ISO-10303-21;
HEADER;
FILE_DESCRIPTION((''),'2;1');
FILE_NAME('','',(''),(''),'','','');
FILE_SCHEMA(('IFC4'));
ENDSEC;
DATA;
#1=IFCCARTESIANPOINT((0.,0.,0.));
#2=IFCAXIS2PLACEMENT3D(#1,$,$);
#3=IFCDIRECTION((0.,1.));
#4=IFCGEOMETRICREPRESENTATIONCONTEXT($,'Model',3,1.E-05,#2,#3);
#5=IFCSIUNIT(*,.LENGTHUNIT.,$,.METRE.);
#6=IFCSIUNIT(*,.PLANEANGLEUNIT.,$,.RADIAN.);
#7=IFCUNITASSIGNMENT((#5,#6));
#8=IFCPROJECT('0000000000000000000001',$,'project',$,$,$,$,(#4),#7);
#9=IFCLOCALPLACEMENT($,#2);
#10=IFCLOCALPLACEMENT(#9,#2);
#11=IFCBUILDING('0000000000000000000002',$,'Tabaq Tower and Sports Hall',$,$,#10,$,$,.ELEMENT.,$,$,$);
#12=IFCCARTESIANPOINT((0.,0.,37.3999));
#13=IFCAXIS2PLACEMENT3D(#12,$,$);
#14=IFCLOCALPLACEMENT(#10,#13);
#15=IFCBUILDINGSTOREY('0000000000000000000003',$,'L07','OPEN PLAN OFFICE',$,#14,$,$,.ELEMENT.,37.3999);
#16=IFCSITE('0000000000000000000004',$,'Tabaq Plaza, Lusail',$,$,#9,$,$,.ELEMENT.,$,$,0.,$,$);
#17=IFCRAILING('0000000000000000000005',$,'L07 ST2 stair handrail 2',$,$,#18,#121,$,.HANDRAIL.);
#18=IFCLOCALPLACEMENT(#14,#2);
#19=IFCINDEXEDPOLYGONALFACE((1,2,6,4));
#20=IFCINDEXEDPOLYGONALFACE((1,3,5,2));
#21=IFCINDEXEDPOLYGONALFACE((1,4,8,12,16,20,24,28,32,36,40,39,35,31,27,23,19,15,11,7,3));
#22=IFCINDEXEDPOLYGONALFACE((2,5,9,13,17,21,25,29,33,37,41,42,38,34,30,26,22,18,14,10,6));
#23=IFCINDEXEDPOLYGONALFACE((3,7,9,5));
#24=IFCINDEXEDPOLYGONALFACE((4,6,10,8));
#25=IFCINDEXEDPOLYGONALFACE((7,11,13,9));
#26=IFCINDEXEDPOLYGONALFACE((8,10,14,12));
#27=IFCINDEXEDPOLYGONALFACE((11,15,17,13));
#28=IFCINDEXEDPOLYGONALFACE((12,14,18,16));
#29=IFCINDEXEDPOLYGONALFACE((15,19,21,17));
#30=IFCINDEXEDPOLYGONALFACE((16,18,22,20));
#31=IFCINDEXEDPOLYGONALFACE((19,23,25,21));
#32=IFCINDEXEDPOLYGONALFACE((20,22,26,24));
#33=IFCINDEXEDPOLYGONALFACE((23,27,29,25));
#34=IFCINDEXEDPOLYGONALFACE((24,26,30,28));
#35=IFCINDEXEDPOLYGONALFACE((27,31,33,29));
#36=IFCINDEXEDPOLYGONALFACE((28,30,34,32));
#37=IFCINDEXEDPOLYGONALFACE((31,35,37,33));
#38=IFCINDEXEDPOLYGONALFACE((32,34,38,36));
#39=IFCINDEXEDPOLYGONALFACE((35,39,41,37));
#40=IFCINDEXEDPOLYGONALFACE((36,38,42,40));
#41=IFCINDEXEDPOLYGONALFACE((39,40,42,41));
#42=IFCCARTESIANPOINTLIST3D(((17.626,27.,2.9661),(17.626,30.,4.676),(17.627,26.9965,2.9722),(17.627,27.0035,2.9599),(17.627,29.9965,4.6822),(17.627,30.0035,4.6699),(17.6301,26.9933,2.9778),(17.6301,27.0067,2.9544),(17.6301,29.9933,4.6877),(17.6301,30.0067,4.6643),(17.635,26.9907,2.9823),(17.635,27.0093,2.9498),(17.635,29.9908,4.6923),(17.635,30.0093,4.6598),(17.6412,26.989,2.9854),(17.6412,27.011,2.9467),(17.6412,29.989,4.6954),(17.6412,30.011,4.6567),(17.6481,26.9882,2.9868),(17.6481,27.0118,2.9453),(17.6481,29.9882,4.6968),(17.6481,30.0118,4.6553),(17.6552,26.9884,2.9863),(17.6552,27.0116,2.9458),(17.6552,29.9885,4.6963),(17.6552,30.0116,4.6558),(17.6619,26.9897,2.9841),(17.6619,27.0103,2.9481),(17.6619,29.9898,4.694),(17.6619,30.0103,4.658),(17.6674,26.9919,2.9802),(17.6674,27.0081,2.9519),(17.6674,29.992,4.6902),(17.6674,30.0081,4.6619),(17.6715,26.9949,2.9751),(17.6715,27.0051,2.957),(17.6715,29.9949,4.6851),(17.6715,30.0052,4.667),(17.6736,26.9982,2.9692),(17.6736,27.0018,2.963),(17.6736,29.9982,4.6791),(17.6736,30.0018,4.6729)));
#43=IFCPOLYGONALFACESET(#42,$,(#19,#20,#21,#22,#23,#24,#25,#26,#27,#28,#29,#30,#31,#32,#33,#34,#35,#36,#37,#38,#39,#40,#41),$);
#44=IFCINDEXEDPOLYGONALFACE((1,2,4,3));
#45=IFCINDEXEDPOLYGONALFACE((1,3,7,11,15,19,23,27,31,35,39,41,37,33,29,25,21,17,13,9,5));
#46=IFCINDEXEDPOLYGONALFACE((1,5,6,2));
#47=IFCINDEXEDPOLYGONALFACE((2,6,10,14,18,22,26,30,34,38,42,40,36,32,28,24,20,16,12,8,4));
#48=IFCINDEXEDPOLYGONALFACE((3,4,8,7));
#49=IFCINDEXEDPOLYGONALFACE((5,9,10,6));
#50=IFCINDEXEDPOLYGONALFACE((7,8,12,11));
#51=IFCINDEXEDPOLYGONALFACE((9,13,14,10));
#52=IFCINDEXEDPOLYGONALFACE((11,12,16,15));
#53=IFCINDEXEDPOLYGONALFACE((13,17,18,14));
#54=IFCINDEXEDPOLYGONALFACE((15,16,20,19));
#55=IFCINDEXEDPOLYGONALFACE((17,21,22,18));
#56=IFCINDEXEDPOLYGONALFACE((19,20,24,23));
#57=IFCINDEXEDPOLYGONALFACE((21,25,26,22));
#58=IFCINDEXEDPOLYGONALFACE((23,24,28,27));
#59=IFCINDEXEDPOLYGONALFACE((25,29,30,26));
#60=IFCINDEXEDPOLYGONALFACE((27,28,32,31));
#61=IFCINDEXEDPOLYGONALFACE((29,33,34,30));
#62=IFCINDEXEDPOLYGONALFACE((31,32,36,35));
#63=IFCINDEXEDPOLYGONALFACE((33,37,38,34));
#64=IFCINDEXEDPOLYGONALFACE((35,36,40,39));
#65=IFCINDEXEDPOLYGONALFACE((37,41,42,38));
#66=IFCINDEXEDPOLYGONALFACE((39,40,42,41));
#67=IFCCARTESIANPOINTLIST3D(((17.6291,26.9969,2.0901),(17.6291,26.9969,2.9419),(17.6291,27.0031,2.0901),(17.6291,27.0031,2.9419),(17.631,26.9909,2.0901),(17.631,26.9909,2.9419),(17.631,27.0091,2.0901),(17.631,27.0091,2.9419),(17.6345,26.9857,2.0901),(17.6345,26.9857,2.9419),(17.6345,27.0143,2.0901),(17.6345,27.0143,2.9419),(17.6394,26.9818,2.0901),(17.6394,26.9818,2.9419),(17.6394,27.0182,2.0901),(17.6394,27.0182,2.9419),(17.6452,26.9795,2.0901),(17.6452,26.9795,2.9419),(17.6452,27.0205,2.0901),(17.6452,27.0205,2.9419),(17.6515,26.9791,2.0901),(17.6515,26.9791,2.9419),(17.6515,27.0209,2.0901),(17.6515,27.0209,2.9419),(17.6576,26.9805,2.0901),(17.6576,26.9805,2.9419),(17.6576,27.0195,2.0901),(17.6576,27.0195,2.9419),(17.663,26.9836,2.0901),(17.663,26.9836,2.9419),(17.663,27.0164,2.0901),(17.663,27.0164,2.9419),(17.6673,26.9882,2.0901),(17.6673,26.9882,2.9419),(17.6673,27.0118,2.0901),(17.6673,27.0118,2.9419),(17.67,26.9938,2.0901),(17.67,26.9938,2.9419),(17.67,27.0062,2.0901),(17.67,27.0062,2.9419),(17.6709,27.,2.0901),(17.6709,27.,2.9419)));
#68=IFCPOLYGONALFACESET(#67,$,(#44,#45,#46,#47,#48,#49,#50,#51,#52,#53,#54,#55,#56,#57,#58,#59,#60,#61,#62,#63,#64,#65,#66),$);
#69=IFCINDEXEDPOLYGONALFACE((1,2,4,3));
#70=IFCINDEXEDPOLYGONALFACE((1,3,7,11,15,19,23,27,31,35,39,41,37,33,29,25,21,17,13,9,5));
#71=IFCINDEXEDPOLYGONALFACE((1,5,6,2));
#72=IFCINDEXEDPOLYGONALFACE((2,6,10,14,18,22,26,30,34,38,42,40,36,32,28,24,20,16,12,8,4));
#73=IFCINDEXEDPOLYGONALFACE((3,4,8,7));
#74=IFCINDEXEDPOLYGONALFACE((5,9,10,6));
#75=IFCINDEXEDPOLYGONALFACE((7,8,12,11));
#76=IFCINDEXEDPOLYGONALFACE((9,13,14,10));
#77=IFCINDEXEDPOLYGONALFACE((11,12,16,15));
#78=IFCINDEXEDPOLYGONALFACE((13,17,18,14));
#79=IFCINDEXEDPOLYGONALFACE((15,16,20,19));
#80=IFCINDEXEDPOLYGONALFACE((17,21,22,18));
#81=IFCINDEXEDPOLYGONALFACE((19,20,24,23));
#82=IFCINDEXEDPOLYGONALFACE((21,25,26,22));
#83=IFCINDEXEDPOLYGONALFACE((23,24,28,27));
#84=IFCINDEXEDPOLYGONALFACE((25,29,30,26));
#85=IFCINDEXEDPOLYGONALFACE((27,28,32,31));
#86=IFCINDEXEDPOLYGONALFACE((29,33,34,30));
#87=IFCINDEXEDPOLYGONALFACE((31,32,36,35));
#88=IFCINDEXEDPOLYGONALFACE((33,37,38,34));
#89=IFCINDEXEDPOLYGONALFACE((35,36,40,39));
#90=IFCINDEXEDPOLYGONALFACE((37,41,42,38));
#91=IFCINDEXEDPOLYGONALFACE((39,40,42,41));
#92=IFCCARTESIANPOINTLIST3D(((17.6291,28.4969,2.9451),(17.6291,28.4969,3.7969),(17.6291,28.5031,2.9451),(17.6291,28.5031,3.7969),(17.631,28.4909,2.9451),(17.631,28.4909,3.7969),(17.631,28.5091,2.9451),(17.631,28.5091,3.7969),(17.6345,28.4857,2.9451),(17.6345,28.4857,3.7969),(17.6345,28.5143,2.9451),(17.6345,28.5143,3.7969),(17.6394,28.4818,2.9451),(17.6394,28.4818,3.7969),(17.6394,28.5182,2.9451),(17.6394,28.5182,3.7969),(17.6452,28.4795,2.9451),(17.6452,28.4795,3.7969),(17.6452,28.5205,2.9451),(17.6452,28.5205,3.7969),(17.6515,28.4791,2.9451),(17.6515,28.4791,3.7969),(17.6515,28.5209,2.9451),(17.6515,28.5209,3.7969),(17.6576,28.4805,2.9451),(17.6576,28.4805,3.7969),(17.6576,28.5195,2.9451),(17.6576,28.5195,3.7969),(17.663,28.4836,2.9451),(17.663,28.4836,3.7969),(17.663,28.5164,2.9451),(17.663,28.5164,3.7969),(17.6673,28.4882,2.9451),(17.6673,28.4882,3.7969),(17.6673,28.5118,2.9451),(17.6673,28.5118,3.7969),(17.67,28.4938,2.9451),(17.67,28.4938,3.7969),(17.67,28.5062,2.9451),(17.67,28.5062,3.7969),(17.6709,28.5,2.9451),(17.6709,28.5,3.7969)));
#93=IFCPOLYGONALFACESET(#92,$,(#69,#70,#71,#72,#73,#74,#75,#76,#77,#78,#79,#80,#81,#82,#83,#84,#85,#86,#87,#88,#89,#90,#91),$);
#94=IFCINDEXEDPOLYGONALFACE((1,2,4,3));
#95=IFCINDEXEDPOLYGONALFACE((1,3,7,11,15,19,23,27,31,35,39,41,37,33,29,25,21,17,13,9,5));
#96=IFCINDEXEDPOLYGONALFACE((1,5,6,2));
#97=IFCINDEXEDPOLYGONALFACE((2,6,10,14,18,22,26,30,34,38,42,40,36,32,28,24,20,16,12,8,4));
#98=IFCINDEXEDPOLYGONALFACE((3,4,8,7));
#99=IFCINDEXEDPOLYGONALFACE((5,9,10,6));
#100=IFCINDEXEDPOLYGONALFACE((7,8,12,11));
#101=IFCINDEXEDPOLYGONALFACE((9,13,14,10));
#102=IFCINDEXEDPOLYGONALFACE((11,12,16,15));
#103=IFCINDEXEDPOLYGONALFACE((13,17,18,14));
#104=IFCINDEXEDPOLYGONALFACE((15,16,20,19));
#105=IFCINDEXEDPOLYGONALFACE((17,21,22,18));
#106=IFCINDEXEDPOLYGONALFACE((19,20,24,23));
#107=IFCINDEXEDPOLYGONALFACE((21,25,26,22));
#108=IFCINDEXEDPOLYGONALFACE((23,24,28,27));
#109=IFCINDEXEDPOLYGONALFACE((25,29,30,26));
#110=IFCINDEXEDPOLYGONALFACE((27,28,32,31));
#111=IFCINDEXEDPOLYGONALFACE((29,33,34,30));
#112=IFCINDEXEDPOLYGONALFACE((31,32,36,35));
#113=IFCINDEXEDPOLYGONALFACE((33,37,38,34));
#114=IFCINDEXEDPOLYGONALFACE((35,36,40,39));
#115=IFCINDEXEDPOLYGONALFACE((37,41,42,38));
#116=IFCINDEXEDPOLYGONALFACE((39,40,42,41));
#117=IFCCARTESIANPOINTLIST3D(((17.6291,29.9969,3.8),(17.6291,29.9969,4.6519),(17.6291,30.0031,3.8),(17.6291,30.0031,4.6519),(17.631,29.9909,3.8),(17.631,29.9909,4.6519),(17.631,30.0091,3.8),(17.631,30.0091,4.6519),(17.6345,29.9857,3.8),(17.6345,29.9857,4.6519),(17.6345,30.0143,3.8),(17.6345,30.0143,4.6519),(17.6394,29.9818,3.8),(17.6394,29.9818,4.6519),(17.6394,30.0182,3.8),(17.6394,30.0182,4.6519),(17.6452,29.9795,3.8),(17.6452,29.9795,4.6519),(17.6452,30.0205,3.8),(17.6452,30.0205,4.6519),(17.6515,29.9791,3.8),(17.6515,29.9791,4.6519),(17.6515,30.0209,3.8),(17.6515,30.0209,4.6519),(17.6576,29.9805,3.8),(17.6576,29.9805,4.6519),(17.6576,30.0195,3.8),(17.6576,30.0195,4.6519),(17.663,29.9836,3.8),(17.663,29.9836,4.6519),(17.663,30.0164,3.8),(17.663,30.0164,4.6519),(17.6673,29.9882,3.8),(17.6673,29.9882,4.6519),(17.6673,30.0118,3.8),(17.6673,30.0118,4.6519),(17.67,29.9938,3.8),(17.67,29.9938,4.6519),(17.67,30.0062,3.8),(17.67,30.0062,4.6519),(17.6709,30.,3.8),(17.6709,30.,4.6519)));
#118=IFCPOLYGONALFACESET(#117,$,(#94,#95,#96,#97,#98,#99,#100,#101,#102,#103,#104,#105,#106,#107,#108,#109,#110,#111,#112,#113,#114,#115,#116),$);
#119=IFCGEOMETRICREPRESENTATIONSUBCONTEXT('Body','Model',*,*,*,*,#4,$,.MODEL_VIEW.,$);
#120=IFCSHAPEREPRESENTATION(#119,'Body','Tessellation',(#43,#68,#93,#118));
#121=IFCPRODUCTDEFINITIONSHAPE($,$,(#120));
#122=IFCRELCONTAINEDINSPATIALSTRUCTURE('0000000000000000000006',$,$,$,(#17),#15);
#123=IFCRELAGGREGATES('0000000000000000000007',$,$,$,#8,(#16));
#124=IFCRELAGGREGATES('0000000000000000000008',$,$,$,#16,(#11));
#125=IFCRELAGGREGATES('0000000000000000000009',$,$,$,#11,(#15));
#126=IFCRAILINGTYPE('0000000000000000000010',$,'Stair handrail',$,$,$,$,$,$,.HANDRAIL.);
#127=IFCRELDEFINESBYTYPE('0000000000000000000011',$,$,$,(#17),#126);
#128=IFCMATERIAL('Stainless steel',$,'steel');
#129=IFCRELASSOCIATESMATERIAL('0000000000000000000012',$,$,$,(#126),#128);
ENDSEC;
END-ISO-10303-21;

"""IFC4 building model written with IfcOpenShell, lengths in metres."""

from ifc_helpers import new_model, si_unit, direction, frame, origin, origin_2d, place, context, subcontext, project, spatial, circle, extrude, material, type_object, element, save


model = new_model("IFC4")

# Units and contexts
model_context = context("Model", 3, precision=1e-05, world=origin(), true_north=direction((0.0, 1.0)))
body_context = subcontext(model_context, "Body", "Model", "MODEL_VIEW")
ifc_project = project(units=[si_unit("LENGTHUNIT", "METRE"), si_unit("PLANEANGLEUNIT", "RADIAN")], contexts=[model_context])

# Site, building, storey
site_placement = place(None, origin())
site = spatial("IfcSite", under=ifc_project, at=site_placement, Name="Tabaq Plaza, Lusail", CompositionType="ELEMENT", RefElevation=0.0)
building_placement = place(site_placement, origin())
building = spatial("IfcBuilding", under=site, at=building_placement, Name="Tabaq Tower and Sports Hall", CompositionType="ELEMENT")
storey_placement = place(building_placement, frame((0.0, 0.0, 37.3999)))
storey = spatial("IfcBuildingStorey", under=building, at=storey_placement, Name="L07", Description="OPEN PLAN OFFICE", CompositionType="ELEMENT", Elevation=37.3999)

# Railing
ifc_material_1 = material(Name="Stainless steel", Category="steel")
railing_type_1 = type_object("IfcRailingType", Name="Stair handrail", PredefinedType="HANDRAIL", material=ifc_material_1)
railing_1_placement = place(storey_placement, frame((17.6499, 27.0, 2.0901)))
element("IfcRailing", 1, at=railing_1_placement, inside=storey, type_object=railing_type_1, Name="L07 ST2 stair handrail 2", PredefinedType="HANDRAIL", context=body_context, shape_type="SweptSolid", body=[
    extrude(circle(Radius=0.0239, at=origin_2d()), frame((0.0, 0.0, 0.876), z_axis=(0.0, 0.868782, 0.495195), x_axis=(-1.0, 0.0, 0.0)), (0.0, 0.0, 1.0), 3.4531),
    extrude(circle(Radius=0.021, at=origin_2d()), origin(), (0.0, 0.0, 1.0), 0.8518),
    extrude(circle(Radius=0.021, at=origin_2d()), frame((0.0, 1.5, 0.855)), (0.0, 0.0, 1.0), 0.8518),
    extrude(circle(Radius=0.021, at=origin_2d()), frame((0.0, 3.0, 1.71)), (0.0, 0.0, 1.0), 0.8518),
])

save(model, "model.ifc")
